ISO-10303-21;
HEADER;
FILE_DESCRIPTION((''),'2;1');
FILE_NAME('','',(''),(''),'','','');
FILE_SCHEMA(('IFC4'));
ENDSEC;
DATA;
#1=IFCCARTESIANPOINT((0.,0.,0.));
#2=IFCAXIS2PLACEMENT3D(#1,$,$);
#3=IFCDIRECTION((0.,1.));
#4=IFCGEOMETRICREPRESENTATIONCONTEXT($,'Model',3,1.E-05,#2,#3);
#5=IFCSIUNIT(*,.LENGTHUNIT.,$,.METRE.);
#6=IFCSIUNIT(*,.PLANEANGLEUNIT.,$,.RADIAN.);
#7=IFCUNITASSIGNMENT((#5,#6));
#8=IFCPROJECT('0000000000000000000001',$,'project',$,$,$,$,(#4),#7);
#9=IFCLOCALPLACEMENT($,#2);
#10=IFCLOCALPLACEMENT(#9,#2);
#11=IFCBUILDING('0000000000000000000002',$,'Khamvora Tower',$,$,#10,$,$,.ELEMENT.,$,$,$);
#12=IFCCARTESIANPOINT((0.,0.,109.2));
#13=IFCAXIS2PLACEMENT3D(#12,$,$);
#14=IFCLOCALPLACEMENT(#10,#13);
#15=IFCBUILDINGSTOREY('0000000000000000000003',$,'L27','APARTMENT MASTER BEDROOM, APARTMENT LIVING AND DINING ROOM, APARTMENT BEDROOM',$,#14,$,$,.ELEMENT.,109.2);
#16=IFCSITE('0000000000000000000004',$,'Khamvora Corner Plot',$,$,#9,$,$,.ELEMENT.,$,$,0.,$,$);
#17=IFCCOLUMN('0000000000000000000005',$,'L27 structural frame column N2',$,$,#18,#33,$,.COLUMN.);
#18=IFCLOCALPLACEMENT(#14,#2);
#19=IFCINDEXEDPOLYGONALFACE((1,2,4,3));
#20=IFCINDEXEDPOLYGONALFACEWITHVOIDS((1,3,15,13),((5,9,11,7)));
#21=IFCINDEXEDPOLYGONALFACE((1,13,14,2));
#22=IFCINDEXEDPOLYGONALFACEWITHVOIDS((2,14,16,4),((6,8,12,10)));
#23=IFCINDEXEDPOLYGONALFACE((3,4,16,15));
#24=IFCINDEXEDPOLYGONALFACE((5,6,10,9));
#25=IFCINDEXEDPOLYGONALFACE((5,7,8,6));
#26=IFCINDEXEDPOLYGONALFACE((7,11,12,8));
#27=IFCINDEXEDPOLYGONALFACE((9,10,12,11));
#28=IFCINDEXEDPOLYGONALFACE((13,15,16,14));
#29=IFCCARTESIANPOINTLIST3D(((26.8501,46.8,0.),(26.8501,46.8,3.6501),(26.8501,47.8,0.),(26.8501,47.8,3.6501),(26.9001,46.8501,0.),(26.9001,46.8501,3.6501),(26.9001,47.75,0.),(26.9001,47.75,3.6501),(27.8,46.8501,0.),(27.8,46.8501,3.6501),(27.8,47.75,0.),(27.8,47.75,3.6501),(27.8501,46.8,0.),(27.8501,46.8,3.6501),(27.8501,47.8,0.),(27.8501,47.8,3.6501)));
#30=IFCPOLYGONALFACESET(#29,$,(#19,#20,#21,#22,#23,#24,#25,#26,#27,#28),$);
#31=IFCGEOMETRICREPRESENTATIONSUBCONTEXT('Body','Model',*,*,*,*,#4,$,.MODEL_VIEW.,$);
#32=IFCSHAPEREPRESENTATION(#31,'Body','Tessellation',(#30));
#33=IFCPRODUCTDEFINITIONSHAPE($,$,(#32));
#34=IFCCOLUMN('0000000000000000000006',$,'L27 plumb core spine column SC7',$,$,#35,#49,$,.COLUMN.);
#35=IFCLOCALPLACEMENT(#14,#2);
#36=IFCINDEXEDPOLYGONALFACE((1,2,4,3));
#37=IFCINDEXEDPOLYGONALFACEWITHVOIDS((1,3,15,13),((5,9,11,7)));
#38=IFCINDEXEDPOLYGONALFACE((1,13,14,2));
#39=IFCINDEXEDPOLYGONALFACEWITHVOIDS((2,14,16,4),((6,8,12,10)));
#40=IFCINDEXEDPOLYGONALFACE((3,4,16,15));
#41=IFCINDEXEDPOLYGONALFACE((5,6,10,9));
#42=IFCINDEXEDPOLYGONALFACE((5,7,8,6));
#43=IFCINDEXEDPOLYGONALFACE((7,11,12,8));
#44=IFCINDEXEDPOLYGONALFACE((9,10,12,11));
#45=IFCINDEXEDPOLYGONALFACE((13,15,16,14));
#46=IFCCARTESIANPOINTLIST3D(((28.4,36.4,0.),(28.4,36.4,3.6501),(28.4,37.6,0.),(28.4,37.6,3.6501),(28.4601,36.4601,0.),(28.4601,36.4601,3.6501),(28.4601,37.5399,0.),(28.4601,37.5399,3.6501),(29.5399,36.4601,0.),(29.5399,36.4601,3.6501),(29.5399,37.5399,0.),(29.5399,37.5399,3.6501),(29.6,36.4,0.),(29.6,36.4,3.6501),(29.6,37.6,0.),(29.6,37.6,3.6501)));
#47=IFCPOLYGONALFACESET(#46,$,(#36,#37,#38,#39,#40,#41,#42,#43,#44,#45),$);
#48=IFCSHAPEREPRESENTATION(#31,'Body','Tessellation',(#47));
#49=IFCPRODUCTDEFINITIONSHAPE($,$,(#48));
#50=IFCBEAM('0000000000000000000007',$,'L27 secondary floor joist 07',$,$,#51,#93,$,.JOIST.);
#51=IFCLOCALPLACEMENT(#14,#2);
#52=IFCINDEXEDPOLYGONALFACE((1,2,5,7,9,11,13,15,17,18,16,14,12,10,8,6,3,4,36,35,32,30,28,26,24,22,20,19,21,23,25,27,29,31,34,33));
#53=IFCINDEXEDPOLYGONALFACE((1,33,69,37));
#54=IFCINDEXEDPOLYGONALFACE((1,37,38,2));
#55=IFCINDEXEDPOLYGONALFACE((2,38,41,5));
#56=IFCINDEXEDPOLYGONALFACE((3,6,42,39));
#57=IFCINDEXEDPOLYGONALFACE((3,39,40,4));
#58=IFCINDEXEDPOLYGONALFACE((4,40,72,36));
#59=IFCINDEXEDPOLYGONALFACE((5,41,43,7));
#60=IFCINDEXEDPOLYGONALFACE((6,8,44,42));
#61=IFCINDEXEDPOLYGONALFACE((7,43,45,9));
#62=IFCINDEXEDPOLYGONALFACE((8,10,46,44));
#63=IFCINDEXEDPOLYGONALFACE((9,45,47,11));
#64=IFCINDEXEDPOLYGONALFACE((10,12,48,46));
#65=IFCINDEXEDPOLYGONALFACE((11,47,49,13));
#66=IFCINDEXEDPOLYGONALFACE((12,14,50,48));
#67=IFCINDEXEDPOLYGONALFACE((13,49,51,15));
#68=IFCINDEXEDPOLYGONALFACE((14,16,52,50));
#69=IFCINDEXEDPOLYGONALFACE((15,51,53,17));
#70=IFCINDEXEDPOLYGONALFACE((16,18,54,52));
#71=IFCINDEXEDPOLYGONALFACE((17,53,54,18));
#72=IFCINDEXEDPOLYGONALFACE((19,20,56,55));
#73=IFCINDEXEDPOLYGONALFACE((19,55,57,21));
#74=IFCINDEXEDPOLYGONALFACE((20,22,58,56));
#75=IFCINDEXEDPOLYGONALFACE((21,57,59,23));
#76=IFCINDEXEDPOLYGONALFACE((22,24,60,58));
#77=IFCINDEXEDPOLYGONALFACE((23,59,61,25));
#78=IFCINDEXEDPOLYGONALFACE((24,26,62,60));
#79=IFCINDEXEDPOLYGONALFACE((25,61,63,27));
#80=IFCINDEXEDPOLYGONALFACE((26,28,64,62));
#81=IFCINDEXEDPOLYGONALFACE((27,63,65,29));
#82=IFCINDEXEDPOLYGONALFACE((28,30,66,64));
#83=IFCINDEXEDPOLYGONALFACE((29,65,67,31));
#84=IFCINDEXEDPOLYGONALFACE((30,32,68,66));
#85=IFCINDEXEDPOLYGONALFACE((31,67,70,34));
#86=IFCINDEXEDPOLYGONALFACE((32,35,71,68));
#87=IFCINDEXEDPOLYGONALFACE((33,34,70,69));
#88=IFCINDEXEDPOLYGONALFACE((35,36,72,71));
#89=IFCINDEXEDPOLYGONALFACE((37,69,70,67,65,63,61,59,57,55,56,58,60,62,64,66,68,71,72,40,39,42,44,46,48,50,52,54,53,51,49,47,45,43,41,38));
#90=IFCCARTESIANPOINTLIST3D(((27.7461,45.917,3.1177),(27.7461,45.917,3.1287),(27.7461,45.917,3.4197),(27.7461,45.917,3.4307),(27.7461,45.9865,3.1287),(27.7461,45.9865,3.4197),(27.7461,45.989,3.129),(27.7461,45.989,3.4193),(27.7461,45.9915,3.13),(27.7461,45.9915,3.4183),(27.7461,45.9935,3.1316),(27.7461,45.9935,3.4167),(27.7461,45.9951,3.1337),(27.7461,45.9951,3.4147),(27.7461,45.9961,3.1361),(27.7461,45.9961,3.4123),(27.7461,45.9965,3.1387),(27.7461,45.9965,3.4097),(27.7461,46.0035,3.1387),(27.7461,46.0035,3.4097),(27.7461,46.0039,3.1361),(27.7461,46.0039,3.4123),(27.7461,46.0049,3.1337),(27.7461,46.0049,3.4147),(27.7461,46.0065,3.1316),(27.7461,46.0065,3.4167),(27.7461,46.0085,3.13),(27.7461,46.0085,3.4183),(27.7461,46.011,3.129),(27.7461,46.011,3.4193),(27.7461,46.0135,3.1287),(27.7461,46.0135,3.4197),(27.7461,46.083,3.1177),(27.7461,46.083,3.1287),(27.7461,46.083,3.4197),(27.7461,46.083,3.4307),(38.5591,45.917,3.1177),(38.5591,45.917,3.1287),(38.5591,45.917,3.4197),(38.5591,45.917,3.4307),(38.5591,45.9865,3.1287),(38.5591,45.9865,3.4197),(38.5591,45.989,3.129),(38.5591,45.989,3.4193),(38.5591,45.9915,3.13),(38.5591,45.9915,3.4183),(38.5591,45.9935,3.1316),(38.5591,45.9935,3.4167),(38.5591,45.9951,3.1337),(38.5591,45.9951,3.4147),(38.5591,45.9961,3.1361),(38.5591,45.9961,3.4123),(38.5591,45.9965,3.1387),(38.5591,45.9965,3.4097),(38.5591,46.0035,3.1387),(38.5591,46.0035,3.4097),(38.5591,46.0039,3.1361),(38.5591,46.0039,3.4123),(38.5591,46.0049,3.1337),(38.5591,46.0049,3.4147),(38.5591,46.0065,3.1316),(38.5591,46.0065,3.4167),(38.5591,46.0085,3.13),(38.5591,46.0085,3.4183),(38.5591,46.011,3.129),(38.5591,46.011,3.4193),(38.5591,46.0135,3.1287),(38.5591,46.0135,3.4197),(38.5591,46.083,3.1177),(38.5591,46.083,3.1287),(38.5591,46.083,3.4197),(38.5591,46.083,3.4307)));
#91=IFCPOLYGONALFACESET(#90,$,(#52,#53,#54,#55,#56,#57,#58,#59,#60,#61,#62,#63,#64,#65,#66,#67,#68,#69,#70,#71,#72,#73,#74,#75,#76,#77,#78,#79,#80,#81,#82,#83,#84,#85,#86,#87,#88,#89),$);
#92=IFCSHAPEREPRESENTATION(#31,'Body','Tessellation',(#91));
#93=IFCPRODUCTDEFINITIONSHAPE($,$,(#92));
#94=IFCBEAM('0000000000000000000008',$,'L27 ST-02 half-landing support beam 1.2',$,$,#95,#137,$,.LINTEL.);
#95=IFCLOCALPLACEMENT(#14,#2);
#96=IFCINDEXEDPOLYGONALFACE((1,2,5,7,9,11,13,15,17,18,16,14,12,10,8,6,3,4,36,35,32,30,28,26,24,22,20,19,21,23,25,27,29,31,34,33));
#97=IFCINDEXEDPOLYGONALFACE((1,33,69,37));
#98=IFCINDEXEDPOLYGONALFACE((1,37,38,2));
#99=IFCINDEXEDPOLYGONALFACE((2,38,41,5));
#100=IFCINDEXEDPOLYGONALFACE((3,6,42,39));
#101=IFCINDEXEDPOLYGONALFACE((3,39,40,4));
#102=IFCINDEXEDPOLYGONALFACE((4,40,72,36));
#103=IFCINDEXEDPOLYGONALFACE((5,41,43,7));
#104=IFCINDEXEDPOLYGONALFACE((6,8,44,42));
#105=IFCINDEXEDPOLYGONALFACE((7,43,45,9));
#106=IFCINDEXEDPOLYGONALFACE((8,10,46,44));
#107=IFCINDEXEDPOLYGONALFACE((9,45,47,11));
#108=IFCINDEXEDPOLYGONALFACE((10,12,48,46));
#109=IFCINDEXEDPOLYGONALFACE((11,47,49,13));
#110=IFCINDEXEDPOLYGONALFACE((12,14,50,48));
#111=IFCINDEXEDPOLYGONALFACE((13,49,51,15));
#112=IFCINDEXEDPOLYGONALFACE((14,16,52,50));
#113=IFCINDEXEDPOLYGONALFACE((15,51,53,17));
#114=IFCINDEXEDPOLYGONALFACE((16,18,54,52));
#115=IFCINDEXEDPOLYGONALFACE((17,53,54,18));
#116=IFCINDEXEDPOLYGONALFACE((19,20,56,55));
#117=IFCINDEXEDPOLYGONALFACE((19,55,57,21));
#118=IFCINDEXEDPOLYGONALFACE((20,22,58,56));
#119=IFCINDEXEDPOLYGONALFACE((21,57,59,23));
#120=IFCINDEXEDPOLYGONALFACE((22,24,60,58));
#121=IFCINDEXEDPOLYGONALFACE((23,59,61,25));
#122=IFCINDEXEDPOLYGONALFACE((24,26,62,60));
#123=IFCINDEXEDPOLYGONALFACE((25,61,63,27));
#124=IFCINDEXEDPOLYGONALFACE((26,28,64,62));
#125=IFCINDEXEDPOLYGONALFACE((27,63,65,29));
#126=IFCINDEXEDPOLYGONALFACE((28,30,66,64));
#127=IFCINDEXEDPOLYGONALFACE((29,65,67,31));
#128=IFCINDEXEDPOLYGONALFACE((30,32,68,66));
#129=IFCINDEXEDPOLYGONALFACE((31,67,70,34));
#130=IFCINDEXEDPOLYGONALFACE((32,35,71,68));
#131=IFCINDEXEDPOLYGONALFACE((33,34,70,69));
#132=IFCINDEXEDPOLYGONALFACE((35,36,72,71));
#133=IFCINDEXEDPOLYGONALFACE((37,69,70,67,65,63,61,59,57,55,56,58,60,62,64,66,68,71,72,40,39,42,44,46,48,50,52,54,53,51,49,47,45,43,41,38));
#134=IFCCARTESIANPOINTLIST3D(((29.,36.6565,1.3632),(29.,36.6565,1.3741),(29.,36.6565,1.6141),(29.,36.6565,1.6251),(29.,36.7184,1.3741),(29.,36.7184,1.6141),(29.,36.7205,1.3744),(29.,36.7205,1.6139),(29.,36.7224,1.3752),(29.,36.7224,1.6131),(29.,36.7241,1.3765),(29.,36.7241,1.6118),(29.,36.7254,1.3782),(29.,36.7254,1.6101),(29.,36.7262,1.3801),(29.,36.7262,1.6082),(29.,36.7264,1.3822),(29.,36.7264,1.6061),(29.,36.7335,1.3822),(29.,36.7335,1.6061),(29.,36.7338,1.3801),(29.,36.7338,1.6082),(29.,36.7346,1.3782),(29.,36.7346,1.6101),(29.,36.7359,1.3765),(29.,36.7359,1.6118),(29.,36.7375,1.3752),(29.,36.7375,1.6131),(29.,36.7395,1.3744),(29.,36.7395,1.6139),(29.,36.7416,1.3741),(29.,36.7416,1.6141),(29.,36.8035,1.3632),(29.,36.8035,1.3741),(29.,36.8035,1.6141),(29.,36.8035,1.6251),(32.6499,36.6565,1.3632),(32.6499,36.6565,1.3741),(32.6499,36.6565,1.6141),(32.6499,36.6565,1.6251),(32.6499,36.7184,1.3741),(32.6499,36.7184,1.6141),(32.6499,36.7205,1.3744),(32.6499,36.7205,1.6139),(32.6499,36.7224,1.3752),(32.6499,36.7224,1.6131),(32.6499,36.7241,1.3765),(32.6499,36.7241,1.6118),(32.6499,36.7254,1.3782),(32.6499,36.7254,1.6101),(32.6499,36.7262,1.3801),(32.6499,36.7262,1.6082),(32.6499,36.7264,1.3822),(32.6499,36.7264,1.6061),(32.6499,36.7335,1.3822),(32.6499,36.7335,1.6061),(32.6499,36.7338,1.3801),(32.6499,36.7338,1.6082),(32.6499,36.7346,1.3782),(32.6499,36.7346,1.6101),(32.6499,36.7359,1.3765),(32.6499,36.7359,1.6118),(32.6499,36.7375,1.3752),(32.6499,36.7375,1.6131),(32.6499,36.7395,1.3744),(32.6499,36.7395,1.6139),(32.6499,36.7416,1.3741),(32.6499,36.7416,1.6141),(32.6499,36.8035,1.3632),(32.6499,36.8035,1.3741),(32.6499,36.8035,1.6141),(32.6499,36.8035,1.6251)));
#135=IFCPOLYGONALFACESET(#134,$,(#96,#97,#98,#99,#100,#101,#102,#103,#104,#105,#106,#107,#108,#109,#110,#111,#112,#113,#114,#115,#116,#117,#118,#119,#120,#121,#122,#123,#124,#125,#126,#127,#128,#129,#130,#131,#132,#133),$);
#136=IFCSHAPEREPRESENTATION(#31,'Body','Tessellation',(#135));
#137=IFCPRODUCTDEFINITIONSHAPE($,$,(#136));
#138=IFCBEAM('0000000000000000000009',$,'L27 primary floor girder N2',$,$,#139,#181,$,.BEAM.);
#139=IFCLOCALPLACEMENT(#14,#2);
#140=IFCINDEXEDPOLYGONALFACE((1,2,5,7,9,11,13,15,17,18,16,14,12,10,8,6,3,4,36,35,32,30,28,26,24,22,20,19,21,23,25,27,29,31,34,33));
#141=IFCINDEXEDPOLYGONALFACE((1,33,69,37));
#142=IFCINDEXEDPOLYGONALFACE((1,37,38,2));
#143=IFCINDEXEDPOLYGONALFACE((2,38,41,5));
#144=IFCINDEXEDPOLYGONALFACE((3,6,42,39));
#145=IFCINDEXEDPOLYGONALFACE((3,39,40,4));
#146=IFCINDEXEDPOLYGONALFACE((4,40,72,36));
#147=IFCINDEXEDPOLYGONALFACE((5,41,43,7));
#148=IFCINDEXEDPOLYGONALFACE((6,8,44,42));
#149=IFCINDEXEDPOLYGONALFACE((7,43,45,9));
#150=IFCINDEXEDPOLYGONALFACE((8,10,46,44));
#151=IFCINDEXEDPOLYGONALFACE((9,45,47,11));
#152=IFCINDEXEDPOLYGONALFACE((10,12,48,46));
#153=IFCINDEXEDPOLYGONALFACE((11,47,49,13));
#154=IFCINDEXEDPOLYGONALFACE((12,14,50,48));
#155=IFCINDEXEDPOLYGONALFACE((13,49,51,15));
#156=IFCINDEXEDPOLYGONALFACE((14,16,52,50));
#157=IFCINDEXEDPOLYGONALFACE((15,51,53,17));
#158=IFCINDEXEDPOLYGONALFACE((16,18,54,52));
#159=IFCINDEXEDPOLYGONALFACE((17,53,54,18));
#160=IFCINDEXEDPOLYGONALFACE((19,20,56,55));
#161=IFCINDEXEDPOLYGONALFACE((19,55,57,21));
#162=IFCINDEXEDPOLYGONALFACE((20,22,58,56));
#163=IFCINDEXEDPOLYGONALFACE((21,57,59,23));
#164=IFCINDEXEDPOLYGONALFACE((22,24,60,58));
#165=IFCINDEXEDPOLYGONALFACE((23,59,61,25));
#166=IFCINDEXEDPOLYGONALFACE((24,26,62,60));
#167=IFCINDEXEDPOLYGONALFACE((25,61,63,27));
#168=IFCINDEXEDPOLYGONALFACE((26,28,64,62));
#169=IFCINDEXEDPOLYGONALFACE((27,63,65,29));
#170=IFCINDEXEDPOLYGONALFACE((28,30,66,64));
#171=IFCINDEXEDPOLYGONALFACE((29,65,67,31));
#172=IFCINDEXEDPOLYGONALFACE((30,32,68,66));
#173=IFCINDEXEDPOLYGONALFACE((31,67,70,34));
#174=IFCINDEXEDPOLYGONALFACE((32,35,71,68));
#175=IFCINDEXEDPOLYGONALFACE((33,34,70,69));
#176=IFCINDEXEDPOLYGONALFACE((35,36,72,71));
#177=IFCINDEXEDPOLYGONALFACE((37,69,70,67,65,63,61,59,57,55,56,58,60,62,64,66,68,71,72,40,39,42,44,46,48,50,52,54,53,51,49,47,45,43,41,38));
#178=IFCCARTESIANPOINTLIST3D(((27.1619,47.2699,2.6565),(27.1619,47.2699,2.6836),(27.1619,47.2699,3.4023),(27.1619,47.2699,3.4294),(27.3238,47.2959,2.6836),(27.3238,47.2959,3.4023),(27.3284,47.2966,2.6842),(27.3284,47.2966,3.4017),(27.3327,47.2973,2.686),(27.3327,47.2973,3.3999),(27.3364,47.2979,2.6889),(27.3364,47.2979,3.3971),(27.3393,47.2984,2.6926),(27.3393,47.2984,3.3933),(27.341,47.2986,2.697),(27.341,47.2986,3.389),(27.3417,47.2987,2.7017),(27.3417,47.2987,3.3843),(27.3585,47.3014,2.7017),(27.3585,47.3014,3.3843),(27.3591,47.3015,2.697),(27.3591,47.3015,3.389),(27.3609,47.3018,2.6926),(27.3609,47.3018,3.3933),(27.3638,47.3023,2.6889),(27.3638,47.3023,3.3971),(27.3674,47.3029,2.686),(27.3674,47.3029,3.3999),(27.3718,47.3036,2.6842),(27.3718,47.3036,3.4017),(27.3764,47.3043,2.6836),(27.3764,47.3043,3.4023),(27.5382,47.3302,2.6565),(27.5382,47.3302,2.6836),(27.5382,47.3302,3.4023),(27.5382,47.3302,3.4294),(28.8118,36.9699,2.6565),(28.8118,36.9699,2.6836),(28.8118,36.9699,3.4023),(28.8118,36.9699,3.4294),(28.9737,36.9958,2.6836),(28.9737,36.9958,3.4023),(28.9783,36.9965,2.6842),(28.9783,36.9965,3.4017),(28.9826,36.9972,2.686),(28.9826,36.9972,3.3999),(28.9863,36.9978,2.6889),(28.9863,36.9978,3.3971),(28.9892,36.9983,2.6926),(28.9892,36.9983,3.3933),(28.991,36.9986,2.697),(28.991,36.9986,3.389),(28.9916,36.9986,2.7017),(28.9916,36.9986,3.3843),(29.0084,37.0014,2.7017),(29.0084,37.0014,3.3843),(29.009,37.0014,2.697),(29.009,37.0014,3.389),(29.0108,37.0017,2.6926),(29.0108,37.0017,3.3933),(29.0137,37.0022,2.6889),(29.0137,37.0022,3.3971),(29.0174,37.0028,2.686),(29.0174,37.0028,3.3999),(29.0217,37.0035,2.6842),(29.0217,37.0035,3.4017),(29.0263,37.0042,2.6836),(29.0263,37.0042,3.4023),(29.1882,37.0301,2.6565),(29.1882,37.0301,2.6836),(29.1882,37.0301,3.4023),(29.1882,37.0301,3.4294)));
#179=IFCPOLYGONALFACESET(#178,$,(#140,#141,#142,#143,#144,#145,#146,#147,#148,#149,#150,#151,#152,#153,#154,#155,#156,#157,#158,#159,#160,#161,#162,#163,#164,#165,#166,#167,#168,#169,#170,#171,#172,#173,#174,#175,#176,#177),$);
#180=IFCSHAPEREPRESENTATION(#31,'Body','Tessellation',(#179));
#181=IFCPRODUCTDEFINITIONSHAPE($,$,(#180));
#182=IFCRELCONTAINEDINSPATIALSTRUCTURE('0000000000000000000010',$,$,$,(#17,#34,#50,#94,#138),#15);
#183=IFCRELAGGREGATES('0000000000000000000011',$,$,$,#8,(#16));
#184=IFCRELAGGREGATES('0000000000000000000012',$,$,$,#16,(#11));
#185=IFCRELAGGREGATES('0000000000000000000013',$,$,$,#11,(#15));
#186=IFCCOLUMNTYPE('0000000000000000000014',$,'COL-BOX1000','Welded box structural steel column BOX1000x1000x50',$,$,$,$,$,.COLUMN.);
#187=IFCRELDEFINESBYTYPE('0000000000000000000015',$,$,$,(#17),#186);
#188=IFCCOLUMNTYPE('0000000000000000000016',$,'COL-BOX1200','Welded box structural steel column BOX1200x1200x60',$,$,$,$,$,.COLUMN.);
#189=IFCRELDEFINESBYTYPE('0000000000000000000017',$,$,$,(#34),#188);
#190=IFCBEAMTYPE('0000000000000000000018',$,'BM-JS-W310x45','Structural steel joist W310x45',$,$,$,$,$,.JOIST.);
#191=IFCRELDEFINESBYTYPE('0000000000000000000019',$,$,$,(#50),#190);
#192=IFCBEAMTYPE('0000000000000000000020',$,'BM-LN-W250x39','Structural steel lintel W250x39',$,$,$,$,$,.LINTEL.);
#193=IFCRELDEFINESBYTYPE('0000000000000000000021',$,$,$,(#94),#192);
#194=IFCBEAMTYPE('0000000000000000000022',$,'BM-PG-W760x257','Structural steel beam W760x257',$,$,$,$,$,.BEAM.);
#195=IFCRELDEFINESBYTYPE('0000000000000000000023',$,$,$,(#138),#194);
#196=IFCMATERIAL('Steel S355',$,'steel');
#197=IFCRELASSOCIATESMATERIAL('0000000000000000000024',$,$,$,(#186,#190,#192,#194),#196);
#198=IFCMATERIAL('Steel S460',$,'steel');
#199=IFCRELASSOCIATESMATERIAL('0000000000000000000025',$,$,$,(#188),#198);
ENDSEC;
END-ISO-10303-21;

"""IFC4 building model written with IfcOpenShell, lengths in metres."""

from ifc_helpers import new_model, si_unit, direction, frame, origin, origin_2d, place, context, subcontext, project, spatial, hollow_rectangle, i_section, extrude, material, material_profile, profile_set, type_object, element, save


model = new_model("IFC4")

# Units and contexts
model_context = context("Model", 3, precision=1e-05, world=origin(), true_north=direction((0.0, 1.0)))
body_context = subcontext(model_context, "Body", "Model", "MODEL_VIEW")
ifc_project = project(units=[si_unit("LENGTHUNIT", "METRE"), si_unit("PLANEANGLEUNIT", "RADIAN")], contexts=[model_context])

# Site, building, storey
site_placement = place(None, origin())
site = spatial("IfcSite", under=ifc_project, at=site_placement, Name="Khamvora Corner Plot", CompositionType="ELEMENT", RefElevation=0.0)
building_placement = place(site_placement, origin())
building = spatial("IfcBuilding", under=site, at=building_placement, Name="Khamvora Tower", CompositionType="ELEMENT")
storey_placement = place(building_placement, frame((0.0, 0.0, 109.2)))
storey = spatial("IfcBuildingStorey", under=building, at=storey_placement, Name="L27", Description="APARTMENT MASTER BEDROOM, APARTMENT LIVING AND DINING ROOM, APARTMENT BEDROOM", CompositionType="ELEMENT", Elevation=109.2)

# Columns
ifc_material_1 = material(Name="Steel S355", Category="steel")
ifc_material_profile_1 = material_profile(ifc_material_1, hollow_rectangle(XDim=1.0, YDim=1.0, WallThickness=0.05, at=origin_2d()), Name="BOX1000x1000x50")
ifc_profile_set_1 = profile_set([ifc_material_profile_1], Name="Steel S355")
column_type_1 = type_object("IfcColumnType", Name="COL-BOX1000", Description="Welded box structural steel column BOX1000x1000x50", PredefinedType="COLUMN", material=ifc_profile_set_1)
column_1_placement = place(storey_placement, frame((27.3501, 47.3, 0.0), z_axis=(0.0, 0.0, 1.0), x_axis=(1.0, 0.0, 0.0)))
element("IfcColumn", 1, at=column_1_placement, inside=storey, type_object=column_type_1, Name="L27 structural frame column N2", PredefinedType="COLUMN", context=body_context, shape_type="SweptSolid", body=[
    extrude(hollow_rectangle(XDim=1.0, YDim=1.0, WallThickness=0.05, at=origin_2d()), origin(), (0.0, 0.0, 1.0), 3.6501),
])
ifc_material_2 = material(Name="Steel S460", Category="steel")
ifc_material_profile_2 = material_profile(ifc_material_2, hollow_rectangle(XDim=1.2, YDim=1.2, WallThickness=0.0601, at=origin_2d()), Name="BOX1200x1200x60")
ifc_profile_set_2 = profile_set([ifc_material_profile_2], Name="Steel S460")
column_type_2 = type_object("IfcColumnType", Name="COL-BOX1200", Description="Welded box structural steel column BOX1200x1200x60", PredefinedType="COLUMN", material=ifc_profile_set_2)
column_2_placement = place(storey_placement, frame((29.0, 37.0, 0.0), z_axis=(0.0, 0.0, 1.0), x_axis=(1.0, 0.0, 0.0)))
element("IfcColumn", 2, at=column_2_placement, inside=storey, type_object=column_type_2, Name="L27 plumb core spine column SC7", PredefinedType="COLUMN", context=body_context, shape_type="SweptSolid", body=[
    extrude(hollow_rectangle(XDim=1.2, YDim=1.2, WallThickness=0.0601, at=origin_2d()), origin(), (0.0, 0.0, 1.0), 3.6501),
])

# Beams
ifc_material_profile_3 = material_profile(ifc_material_1, i_section(OverallWidth=0.166, OverallDepth=0.313, WebThickness=0.0071, FlangeThickness=0.011, FilletRadius=0.01, at=origin_2d()), Name="W310x45")
ifc_profile_set_3 = profile_set([ifc_material_profile_3], Name="Steel S355")
beam_type_1 = type_object("IfcBeamType", Name="BM-JS-W310x45", Description="Structural steel joist W310x45", PredefinedType="JOIST", material=ifc_profile_set_3)
beam_1_placement = place(storey_placement, frame((27.7461, 46.0, 3.2742), z_axis=(1.0, 0.0, 0.0), x_axis=(0.0, 1.0, 0.0)))
element("IfcBeam", 3, at=beam_1_placement, inside=storey, type_object=beam_type_1, Name="L27 secondary floor joist 07", PredefinedType="JOIST", context=body_context, shape_type="SweptSolid", body=[
    extrude(i_section(OverallWidth=0.166, OverallDepth=0.313, WebThickness=0.0071, FlangeThickness=0.011, FilletRadius=0.01, at=origin_2d()), origin(), (0.0, 0.0, 1.0), 10.813),
])
ifc_material_profile_4 = material_profile(ifc_material_1, i_section(OverallWidth=0.147, OverallDepth=0.262, WebThickness=0.0071, FlangeThickness=0.011, FilletRadius=0.0081, at=origin_2d()), Name="W250x39")
ifc_profile_set_4 = profile_set([ifc_material_profile_4], Name="Steel S355")
beam_type_2 = type_object("IfcBeamType", Name="BM-LN-W250x39", Description="Structural steel lintel W250x39", PredefinedType="LINTEL", material=ifc_profile_set_4)
beam_2_placement = place(storey_placement, frame((29.0, 36.73, 1.4941), z_axis=(1.0, 0.0, 0.0), x_axis=(0.0, 1.0, 0.0)))
element("IfcBeam", 4, at=beam_2_placement, inside=storey, type_object=beam_type_2, Name="L27 ST-02 half-landing support beam 1.2", PredefinedType="LINTEL", context=body_context, shape_type="SweptSolid", body=[
    extrude(i_section(OverallWidth=0.147, OverallDepth=0.262, WebThickness=0.0071, FlangeThickness=0.011, FilletRadius=0.0081, at=origin_2d()), origin(), (0.0, 0.0, 1.0), 3.6499),
])
ifc_material_profile_5 = material_profile(ifc_material_1, i_section(OverallWidth=0.3811, OverallDepth=0.7729, WebThickness=0.0171, FlangeThickness=0.0271, FilletRadius=0.0181, at=origin_2d()), Name="W760x257")
ifc_profile_set_5 = profile_set([ifc_material_profile_5], Name="Steel S355")
beam_type_3 = type_object("IfcBeamType", Name="BM-PG-W760x257", Description="Structural steel beam W760x257", PredefinedType="BEAM", material=ifc_profile_set_5)
beam_3_placement = place(storey_placement, frame((29.0, 37.0, 3.043), z_axis=(-0.158168, 0.987412, 0.0), x_axis=(-0.987412, -0.158168, 0.0)))
element("IfcBeam", 5, at=beam_3_placement, inside=storey, type_object=beam_type_3, Name="L27 primary floor girder N2", PredefinedType="BEAM", context=body_context, shape_type="SweptSolid", body=[
    extrude(i_section(OverallWidth=0.3811, OverallDepth=0.7729, WebThickness=0.0171, FlangeThickness=0.0271, FilletRadius=0.0181, at=origin_2d()), origin(), (0.0, 0.0, 1.0), 10.4314),
])

save(model, "model.ifc")
